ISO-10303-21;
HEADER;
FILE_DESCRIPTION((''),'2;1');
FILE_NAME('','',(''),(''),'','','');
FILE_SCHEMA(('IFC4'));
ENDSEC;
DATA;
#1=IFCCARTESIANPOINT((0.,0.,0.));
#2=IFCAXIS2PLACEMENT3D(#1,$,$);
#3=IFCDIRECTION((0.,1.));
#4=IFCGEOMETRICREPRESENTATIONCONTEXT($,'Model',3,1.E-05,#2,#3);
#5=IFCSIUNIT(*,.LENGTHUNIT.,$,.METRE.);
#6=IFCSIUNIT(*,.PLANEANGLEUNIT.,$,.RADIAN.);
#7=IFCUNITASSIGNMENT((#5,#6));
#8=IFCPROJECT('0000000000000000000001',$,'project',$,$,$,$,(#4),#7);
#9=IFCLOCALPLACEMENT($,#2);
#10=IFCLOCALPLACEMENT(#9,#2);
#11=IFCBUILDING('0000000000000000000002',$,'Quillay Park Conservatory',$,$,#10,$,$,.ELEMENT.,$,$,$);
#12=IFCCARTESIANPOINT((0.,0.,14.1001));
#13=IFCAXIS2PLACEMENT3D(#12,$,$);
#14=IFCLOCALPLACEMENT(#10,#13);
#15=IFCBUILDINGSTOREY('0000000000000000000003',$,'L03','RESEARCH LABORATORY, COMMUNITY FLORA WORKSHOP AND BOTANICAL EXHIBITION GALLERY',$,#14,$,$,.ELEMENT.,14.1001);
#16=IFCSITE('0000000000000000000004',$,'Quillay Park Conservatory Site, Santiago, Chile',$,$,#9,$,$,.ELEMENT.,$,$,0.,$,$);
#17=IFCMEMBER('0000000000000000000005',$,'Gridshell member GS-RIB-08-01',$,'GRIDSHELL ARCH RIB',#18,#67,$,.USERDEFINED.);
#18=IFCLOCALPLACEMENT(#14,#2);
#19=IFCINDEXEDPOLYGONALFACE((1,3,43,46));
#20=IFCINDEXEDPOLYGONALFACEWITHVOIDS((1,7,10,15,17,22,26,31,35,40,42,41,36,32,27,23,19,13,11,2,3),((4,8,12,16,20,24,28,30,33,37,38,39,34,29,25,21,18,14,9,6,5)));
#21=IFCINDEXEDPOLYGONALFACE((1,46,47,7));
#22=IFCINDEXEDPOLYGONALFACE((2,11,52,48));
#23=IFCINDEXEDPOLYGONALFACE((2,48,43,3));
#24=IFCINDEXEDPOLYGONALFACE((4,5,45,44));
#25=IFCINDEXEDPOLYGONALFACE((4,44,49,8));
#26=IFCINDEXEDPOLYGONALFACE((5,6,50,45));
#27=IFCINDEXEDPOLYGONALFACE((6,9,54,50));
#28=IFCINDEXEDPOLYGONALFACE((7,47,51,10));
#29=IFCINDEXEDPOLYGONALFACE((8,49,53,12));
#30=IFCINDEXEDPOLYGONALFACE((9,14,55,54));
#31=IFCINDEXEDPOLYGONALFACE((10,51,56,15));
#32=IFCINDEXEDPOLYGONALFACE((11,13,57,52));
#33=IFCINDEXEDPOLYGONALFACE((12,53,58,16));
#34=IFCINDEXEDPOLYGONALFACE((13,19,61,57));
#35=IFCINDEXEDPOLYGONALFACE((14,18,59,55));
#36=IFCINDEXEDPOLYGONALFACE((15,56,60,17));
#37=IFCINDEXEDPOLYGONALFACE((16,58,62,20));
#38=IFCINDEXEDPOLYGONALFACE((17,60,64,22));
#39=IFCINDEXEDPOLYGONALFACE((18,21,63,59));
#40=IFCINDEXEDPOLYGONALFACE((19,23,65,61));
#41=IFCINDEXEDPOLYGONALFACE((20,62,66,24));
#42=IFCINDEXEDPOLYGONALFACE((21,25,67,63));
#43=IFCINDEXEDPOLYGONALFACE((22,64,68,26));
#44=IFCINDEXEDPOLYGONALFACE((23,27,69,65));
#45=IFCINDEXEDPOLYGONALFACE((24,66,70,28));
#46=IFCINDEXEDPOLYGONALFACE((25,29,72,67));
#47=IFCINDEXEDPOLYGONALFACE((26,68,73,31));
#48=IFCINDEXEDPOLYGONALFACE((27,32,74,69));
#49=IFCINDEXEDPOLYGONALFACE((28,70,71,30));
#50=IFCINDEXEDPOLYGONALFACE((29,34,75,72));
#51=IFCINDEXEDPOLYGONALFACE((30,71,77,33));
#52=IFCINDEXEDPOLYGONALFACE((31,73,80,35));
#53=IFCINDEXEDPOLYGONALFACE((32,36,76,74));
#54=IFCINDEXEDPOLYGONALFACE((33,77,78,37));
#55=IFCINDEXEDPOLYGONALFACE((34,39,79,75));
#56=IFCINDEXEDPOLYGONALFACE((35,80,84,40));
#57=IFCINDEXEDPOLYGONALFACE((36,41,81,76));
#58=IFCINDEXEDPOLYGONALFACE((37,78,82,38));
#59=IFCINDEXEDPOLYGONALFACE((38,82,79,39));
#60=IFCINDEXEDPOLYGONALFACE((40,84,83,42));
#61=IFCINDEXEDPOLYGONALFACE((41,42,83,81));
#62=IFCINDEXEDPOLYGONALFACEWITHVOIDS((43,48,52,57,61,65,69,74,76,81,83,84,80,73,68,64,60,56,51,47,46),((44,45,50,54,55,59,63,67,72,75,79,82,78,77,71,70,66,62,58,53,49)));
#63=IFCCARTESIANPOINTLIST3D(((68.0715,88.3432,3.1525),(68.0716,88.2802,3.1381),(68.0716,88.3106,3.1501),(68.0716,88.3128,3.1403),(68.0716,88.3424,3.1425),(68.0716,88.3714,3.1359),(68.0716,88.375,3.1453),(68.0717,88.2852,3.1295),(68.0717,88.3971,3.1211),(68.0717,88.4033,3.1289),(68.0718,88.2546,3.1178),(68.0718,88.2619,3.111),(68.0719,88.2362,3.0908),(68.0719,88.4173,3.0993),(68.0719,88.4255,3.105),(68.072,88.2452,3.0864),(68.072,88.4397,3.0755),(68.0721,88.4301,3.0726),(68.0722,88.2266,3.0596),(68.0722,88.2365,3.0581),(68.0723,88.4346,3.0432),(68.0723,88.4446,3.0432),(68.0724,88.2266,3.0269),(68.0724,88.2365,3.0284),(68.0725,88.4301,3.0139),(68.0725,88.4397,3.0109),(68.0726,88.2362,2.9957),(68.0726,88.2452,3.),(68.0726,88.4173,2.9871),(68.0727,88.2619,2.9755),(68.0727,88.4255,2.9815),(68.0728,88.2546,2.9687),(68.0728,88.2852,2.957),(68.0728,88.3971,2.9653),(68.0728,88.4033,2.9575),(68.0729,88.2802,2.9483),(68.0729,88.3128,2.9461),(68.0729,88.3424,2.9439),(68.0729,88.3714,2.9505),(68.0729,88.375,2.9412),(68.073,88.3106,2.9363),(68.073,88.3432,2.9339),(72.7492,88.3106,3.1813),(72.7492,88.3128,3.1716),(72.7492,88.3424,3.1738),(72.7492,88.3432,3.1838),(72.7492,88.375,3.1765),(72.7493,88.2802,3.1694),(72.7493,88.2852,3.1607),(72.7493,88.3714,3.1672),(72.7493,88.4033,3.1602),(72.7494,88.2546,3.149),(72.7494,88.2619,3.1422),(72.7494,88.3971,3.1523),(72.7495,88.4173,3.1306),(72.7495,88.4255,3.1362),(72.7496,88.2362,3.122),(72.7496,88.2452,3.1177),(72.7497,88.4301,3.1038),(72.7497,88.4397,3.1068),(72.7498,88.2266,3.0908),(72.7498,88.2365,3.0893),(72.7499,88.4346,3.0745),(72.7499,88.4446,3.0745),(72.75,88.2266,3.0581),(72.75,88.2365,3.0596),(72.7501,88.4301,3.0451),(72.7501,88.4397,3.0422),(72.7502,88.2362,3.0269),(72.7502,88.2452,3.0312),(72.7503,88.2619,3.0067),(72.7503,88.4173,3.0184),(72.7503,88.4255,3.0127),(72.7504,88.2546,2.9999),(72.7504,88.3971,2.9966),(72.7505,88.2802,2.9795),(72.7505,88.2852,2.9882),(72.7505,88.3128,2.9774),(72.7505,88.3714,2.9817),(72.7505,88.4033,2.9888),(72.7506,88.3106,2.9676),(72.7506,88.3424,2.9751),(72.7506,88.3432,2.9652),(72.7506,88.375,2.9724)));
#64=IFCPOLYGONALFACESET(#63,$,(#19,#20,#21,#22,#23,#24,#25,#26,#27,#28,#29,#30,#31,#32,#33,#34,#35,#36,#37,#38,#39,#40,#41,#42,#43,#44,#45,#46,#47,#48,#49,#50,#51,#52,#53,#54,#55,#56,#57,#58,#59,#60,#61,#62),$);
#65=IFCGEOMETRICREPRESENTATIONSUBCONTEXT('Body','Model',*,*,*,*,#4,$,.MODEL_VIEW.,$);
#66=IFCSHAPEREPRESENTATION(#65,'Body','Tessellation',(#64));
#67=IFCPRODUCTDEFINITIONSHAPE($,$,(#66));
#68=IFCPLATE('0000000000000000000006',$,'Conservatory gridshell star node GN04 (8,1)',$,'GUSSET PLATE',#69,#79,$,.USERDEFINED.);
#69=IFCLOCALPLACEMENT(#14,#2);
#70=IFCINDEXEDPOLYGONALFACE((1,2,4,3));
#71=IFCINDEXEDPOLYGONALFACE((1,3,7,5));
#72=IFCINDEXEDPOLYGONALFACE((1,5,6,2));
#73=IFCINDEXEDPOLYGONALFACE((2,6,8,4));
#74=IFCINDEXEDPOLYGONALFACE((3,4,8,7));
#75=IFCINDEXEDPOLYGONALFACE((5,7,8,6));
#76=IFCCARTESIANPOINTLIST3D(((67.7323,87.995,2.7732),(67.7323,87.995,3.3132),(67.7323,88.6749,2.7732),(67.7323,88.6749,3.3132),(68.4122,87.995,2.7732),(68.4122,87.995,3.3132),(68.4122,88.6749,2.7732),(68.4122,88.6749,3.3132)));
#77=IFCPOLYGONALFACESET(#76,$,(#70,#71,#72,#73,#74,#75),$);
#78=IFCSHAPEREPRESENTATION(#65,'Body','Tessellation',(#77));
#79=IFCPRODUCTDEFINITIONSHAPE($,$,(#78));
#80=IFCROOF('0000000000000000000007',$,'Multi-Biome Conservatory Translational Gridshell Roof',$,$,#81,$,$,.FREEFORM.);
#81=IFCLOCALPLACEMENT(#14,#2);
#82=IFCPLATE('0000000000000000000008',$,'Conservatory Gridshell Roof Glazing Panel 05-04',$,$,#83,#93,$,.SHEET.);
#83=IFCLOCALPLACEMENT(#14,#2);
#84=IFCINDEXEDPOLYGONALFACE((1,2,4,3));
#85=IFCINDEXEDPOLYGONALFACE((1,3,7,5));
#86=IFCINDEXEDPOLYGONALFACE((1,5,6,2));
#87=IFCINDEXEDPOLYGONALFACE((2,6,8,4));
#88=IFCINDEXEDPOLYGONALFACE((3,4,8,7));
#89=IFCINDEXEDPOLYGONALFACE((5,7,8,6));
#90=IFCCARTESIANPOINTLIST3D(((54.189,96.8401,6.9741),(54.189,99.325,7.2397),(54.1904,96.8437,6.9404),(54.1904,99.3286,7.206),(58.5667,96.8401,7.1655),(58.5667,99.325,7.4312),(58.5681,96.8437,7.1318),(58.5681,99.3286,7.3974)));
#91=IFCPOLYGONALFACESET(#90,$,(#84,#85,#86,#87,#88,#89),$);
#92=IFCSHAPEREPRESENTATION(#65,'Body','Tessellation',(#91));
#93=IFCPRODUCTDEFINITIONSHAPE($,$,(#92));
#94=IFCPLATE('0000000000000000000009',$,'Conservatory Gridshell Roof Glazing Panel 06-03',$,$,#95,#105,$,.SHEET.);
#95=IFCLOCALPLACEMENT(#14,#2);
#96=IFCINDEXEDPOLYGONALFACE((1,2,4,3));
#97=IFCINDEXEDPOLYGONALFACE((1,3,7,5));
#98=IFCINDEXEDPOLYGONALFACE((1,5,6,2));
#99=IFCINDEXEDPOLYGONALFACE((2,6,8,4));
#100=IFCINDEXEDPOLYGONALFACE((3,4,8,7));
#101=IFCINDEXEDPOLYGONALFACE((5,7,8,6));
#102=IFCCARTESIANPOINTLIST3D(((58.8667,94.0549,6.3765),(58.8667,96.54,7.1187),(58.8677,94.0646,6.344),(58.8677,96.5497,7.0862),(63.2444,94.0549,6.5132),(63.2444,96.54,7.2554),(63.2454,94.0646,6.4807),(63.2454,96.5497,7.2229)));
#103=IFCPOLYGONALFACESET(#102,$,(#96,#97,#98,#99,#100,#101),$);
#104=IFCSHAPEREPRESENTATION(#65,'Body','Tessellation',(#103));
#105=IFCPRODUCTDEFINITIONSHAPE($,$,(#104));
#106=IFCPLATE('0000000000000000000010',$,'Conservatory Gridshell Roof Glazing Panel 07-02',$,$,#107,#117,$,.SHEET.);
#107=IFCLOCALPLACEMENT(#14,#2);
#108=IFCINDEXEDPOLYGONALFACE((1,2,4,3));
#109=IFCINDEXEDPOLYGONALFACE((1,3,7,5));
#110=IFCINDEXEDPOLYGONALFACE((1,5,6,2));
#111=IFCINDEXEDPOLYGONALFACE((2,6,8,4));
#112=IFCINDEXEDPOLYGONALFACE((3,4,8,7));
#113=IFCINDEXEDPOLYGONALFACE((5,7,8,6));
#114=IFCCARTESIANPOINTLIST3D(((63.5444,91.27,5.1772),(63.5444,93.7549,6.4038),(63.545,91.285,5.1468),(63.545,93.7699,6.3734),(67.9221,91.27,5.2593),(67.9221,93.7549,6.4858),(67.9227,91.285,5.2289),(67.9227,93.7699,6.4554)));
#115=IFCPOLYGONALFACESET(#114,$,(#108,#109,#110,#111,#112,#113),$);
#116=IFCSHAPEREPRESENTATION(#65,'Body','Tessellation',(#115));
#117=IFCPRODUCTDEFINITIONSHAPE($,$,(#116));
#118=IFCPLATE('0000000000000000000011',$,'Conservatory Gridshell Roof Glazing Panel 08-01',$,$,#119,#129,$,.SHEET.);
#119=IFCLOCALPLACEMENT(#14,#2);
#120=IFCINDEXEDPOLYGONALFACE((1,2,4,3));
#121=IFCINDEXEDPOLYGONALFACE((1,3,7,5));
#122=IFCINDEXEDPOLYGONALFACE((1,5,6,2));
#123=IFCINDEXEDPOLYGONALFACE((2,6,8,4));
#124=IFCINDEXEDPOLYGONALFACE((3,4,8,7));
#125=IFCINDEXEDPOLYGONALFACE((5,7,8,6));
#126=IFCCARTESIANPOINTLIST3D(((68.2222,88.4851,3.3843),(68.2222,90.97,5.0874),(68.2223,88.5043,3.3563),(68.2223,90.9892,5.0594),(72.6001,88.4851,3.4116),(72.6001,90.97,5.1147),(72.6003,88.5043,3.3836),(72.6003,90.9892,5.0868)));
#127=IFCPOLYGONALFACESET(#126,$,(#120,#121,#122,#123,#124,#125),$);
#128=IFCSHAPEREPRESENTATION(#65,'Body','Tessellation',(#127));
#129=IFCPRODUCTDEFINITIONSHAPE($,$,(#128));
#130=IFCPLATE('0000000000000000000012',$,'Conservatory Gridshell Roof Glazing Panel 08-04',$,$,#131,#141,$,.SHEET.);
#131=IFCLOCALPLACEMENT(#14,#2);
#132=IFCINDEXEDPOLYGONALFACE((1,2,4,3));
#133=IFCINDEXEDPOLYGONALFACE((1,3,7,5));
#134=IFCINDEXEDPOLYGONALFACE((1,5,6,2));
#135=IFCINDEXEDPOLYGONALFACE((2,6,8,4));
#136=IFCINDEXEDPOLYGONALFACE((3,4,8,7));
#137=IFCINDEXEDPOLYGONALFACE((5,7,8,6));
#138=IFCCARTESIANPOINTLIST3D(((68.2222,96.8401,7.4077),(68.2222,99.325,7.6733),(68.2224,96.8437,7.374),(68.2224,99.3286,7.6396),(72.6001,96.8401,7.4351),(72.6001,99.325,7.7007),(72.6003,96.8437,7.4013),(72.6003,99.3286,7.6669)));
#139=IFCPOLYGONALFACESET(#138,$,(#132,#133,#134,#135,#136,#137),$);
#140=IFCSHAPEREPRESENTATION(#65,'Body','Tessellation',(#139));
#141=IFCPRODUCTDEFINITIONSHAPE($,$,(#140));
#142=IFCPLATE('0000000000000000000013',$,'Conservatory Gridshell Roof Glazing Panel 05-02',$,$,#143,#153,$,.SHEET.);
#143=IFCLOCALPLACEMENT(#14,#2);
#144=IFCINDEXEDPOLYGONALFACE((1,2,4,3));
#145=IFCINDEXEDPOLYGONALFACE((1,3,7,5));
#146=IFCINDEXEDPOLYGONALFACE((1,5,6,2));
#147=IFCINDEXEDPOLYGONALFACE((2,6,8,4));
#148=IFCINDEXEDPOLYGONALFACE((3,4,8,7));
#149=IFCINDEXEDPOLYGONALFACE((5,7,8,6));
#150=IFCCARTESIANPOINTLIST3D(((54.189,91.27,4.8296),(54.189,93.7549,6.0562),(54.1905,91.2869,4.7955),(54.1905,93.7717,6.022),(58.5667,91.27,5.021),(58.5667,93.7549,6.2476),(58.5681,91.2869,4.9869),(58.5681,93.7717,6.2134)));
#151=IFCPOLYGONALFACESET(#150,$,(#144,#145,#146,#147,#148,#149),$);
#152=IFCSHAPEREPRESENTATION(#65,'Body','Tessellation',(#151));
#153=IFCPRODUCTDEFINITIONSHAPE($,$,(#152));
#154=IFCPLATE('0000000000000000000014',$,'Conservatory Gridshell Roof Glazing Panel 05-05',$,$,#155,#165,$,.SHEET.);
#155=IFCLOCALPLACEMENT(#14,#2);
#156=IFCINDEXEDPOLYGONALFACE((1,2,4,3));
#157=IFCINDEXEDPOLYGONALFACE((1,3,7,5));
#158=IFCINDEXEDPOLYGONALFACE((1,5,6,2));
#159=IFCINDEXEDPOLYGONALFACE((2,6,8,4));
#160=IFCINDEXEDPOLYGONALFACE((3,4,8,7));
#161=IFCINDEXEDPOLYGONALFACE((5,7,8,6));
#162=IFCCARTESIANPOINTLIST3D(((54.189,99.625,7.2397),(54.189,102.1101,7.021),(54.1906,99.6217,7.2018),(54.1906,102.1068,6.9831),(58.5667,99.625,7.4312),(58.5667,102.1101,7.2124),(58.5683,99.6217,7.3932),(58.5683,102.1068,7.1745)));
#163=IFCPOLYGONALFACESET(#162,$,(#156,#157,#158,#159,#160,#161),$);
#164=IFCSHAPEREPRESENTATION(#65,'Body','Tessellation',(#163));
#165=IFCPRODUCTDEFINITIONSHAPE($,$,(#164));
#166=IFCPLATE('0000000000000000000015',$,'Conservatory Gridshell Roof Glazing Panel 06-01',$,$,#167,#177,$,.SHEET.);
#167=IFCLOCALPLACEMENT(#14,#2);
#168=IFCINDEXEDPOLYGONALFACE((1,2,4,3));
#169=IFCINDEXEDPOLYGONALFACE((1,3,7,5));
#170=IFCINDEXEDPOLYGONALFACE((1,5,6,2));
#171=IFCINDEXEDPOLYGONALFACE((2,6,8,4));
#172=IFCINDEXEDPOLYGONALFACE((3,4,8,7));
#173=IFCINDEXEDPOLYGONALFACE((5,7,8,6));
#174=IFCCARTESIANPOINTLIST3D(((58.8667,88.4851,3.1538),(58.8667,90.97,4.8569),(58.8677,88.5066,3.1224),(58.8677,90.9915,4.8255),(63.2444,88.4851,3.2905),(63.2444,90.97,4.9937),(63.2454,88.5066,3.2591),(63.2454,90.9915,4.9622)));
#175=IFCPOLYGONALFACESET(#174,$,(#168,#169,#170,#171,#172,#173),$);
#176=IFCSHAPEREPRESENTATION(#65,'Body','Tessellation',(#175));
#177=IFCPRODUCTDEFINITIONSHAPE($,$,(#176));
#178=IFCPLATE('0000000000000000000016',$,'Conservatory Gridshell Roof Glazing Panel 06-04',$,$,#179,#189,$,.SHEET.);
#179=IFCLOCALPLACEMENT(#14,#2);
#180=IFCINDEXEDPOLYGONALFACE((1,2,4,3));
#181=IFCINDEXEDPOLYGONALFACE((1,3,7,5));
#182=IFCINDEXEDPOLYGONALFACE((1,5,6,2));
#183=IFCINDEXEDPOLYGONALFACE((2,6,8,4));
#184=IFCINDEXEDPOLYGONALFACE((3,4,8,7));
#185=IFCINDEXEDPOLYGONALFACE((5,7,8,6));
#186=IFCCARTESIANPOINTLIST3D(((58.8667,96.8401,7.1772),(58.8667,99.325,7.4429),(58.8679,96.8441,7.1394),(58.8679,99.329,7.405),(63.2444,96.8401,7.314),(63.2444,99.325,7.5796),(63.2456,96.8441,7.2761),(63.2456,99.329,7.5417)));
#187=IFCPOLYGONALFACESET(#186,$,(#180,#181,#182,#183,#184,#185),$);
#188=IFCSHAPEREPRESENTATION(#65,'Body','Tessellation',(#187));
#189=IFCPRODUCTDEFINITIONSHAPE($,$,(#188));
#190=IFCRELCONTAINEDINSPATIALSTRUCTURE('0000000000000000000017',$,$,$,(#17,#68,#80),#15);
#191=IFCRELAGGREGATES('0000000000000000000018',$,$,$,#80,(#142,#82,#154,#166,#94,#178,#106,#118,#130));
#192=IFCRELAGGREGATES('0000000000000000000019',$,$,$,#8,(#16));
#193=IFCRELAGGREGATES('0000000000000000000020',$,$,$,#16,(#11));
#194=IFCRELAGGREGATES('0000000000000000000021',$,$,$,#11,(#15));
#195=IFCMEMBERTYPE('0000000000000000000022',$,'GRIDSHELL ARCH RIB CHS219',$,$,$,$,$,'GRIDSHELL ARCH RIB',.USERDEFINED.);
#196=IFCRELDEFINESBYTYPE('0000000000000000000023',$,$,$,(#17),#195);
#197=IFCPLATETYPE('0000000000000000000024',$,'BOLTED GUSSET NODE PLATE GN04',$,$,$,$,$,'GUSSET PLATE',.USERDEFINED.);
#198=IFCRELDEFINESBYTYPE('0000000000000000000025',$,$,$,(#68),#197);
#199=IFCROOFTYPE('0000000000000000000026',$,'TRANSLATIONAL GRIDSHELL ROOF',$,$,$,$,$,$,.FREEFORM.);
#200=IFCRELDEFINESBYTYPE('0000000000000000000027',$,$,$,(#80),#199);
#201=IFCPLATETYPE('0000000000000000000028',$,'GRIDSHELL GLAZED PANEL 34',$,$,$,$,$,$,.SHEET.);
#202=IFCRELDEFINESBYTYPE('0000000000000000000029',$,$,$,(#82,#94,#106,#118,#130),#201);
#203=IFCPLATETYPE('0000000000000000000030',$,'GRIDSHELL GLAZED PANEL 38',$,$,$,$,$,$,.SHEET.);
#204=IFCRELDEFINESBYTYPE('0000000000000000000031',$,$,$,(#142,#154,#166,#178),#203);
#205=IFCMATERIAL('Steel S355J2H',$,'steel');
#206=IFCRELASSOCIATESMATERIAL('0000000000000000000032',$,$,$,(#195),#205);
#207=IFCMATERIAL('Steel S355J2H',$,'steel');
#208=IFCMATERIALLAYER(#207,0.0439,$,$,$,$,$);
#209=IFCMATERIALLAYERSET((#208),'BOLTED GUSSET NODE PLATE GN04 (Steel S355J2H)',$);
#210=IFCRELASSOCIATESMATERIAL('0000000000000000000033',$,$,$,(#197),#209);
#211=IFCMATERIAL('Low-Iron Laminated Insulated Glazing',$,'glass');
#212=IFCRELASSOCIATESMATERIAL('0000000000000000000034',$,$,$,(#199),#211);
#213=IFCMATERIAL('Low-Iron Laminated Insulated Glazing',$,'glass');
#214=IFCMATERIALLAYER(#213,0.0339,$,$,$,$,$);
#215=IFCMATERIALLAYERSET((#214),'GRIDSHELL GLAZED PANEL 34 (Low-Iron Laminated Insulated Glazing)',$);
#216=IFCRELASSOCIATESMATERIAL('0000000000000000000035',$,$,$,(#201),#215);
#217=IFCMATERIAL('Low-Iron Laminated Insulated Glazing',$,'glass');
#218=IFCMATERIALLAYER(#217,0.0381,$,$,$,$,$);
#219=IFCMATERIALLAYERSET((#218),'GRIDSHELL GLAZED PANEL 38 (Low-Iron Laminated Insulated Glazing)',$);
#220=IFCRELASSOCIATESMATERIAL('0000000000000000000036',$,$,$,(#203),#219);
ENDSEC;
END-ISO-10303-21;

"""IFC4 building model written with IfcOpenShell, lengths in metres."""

from ifc_helpers import new_model, si_unit, direction, frame, origin, origin_2d, place, context, subcontext, project, spatial, polyline, rectangle, hollow_circle, outline, extrude, material, layer, layer_set, material_profile, profile_set, type_object, element, aggregate, save


model = new_model("IFC4")

# Units and contexts
model_context = context("Model", 3, precision=1e-05, world=origin(), true_north=direction((0.0, 1.0)))
body_context = subcontext(model_context, "Body", "Model", "MODEL_VIEW")
ifc_project = project(units=[si_unit("LENGTHUNIT", "METRE"), si_unit("PLANEANGLEUNIT", "RADIAN")], contexts=[model_context])

# Site, building, storey
site_placement = place(None, origin())
site = spatial("IfcSite", under=ifc_project, at=site_placement, Name="Quillay Park Conservatory Site, Santiago, Chile", CompositionType="ELEMENT", RefElevation=0.0)
building_placement = place(site_placement, origin())
building = spatial("IfcBuilding", under=site, at=building_placement, Name="Quillay Park Conservatory", CompositionType="ELEMENT")
storey_placement = place(building_placement, frame((0.0, 0.0, 14.1001)))
storey = spatial("IfcBuildingStorey", under=building, at=storey_placement, Name="L03", Description="RESEARCH LABORATORY, COMMUNITY FLORA WORKSHOP AND BOTANICAL EXHIBITION GALLERY", CompositionType="ELEMENT", Elevation=14.1001)

# Member
ifc_material_1 = material(Name="Steel S355J2H", Category="steel")
ifc_material_profile_1 = material_profile(ifc_material_1, hollow_circle(Radius=0.1096, WallThickness=0.01, at=origin_2d()), Name="CHS219.1x10")
ifc_profile_set_1 = profile_set([ifc_material_profile_1], Name="Steel S355J2H")
member_type = type_object("IfcMemberType", Name="GRIDSHELL ARCH RIB CHS219", ElementType="GRIDSHELL ARCH RIB", PredefinedType="USERDEFINED", material=ifc_profile_set_1)
member_1_placement = place(storey_placement, frame((68.0723, 88.335, 3.0432), z_axis=(0.999978, 0.0, 0.00668), x_axis=(0.0, 1.0, 0.0)))
element("IfcMember", 1, at=member_1_placement, inside=storey, type_object=member_type, Name="Gridshell member GS-RIB-08-01", ObjectType="GRIDSHELL ARCH RIB", PredefinedType="USERDEFINED", context=body_context, shape_type="SweptSolid", body=[
    extrude(hollow_circle(Radius=0.1096, WallThickness=0.01, at=origin_2d()), origin(), (0.0, 0.0, 1.0), 4.6777),
])

# Plate
ifc_material_2 = material(Name="Steel S355J2H", Category="steel")
ifc_layer_1 = layer(ifc_material_2, 0.0439)
ifc_layer_set_1 = layer_set([ifc_layer_1], Name="BOLTED GUSSET NODE PLATE GN04 (Steel S355J2H)")
plate_type_1 = type_object("IfcPlateType", Name="BOLTED GUSSET NODE PLATE GN04", ElementType="GUSSET PLATE", PredefinedType="USERDEFINED", material=ifc_layer_set_1)
plate_1_placement = place(storey_placement, frame((68.0723, 88.335, 2.7732), z_axis=(0.0, 0.0, 1.0), x_axis=(1.0, 0.0, 0.0)))
element("IfcPlate", 2, at=plate_1_placement, inside=storey, type_object=plate_type_1, Name="Conservatory gridshell star node GN04 (8,1)", ObjectType="GUSSET PLATE", PredefinedType="USERDEFINED", context=body_context, shape_type="SweptSolid", body=[
    extrude(rectangle(XDim=0.6799, YDim=0.6799, at=origin_2d()), origin(), (0.0, 0.0, 1.0), 0.54),
])

# Roof, plates
ifc_material_3 = material(Name="Low-Iron Laminated Insulated Glazing", Category="glass")
roof_type = type_object("IfcRoofType", Name="TRANSLATIONAL GRIDSHELL ROOF", PredefinedType="FREEFORM", material=ifc_material_3)
roof_placement = place(storey_placement, origin())
roof = element("IfcRoof", 3, at=roof_placement, inside=storey, type_object=roof_type, Name="Multi-Biome Conservatory Translational Gridshell Roof", PredefinedType="FREEFORM")
ifc_material_4 = material(Name="Low-Iron Laminated Insulated Glazing", Category="glass")
ifc_layer_2 = layer(ifc_material_4, 0.0339)
ifc_layer_set_2 = layer_set([ifc_layer_2], Name="GRIDSHELL GLAZED PANEL 34 (Low-Iron Laminated Insulated Glazing)")
plate_type_2 = type_object("IfcPlateType", Name="GRIDSHELL GLAZED PANEL 34", PredefinedType="SHEET", material=ifc_layer_set_2)
plate_2_placement = place(storey_placement, frame((54.189, 96.8401, 6.9741), z_axis=(-0.043434, -0.106191, 0.993397), x_axis=(0.999046, 0.0, 0.043681)))
plate_2 = element("IfcPlate", 4, at=plate_2_placement, type_object=plate_type_2, Name="Conservatory Gridshell Roof Glazing Panel 05-04", PredefinedType="SHEET", context=body_context, shape_type="SweptSolid", body=[
    extrude(outline(polyline([(0.0, 0.0), (4.3819, 0.0), (4.3935, 2.499), (0.0116, 2.499), (0.0, 0.0)])), origin(), (0.0, 0.0, -1.0), 0.0339),
])
plate_3_placement = place(storey_placement, frame((58.8667, 94.0549, 6.3765), z_axis=(-0.029911, -0.286036, 0.957752), x_axis=(0.999513, 0.0, 0.031216)))
plate_3 = element("IfcPlate", 5, at=plate_3_placement, type_object=plate_type_2, Name="Conservatory Gridshell Roof Glazing Panel 06-03", PredefinedType="SHEET", context=body_context, shape_type="SweptSolid", body=[
    extrude(outline(polyline([(0.0, 0.0), (4.3798, 0.0), (4.403, 2.5935), (0.0232, 2.5935), (0.0, 0.0)])), origin(), (0.0, 0.0, -1.0), 0.0339),
])
plate_4_placement = place(storey_placement, frame((63.5444, 91.27, 5.1772), z_axis=(-0.016801, -0.442564, 0.89658), x_axis=(0.999824, 0.0, 0.018735)))
plate_4 = element("IfcPlate", 6, at=plate_4_placement, type_object=plate_type_2, Name="Conservatory Gridshell Roof Glazing Panel 07-02", PredefinedType="SHEET", context=body_context, shape_type="SweptSolid", body=[
    extrude(outline(polyline([(0.0, 0.0), (4.3785, 0.0), (4.4014, 2.771), (0.023, 2.771), (0.0, 0.0)])), origin(), (0.0, 0.0, -1.0), 0.0339),
])
plate_5_placement = place(storey_placement, frame((68.2222, 88.4851, 3.3843), z_axis=(-0.005152, -0.565344, 0.824839), x_axis=(0.99998, 0.0, 0.006246)))
plate_5 = element("IfcPlate", 7, at=plate_5_placement, type_object=plate_type_2, Name="Conservatory Gridshell Roof Glazing Panel 08-01", PredefinedType="SHEET", context=body_context, shape_type="SweptSolid", body=[
    extrude(outline(polyline([(0.0, 0.0), (4.378, 0.0), (4.3887, 3.0125), (0.0106, 3.0125), (0.0, 0.0)])), origin(), (0.0, 0.0, -1.0), 0.0339),
])
plate_6_placement = place(storey_placement, frame((68.2222, 96.8401, 7.4077), z_axis=(-0.00621, -0.10629, 0.994316), x_axis=(0.99998, 0.0, 0.006246)))
plate_6 = element("IfcPlate", 8, at=plate_6_placement, type_object=plate_type_2, Name="Conservatory Gridshell Roof Glazing Panel 08-04", PredefinedType="SHEET", context=body_context, shape_type="SweptSolid", body=[
    extrude(outline(polyline([(0.0, 0.0), (4.378, 0.0), (4.3797, 2.499), (0.0017, 2.499), (0.0, 0.0)])), origin(), (0.0, 0.0, -1.0), 0.0339),
])
ifc_material_5 = material(Name="Low-Iron Laminated Insulated Glazing", Category="glass")
ifc_layer_3 = layer(ifc_material_5, 0.0381)
ifc_layer_set_3 = layer_set([ifc_layer_3], Name="GRIDSHELL GLAZED PANEL 38 (Low-Iron Laminated Insulated Glazing)")
plate_type_3 = type_object("IfcPlateType", Name="GRIDSHELL GLAZED PANEL 38", PredefinedType="SHEET", material=ifc_layer_set_3)
plate_7_placement = place(storey_placement, frame((54.189, 91.27, 4.8296), z_axis=(-0.039177, -0.442287, 0.896018), x_axis=(0.999046, 0.0, 0.043681)))
plate_7 = element("IfcPlate", 9, at=plate_7_placement, type_object=plate_type_3, Name="Conservatory Gridshell Roof Glazing Panel 05-02", PredefinedType="SHEET", context=body_context, shape_type="SweptSolid", body=[
    extrude(outline(polyline([(0.0, 0.0), (4.3819, 0.0), (4.4354, 2.7706), (0.0536, 2.7706), (0.0, 0.0)])), origin(), (0.0, 0.0, -1.0), 0.0381),
])
plate_8_placement = place(storey_placement, frame((54.189, 99.625, 7.2397), z_axis=(-0.043513, 0.087602, 0.995205), x_axis=(0.999046, 0.0, 0.043681)))
plate_8 = element("IfcPlate", 10, at=plate_8_placement, type_object=plate_type_3, Name="Conservatory Gridshell Roof Glazing Panel 05-05", PredefinedType="SHEET", context=body_context, shape_type="SweptSolid", body=[
    extrude(outline(polyline([(0.0, 0.0), (4.3819, 0.0), (4.3723, 2.4947), (-0.0096, 2.4947), (0.0, 0.0)])), origin(), (0.0, 0.0, -1.0), 0.0381),
])
plate_9_placement = place(storey_placement, frame((58.8667, 88.4851, 3.1538), z_axis=(-0.025752, -0.565164, 0.824576), x_axis=(0.999513, 0.0, 0.031216)))
plate_9 = element("IfcPlate", 11, at=plate_9_placement, type_object=plate_type_3, Name="Conservatory Gridshell Roof Glazing Panel 06-01", PredefinedType="SHEET", context=body_context, shape_type="SweptSolid", body=[
    extrude(outline(polyline([(0.0, 0.0), (4.3798, 0.0), (4.433, 3.012), (0.0532, 3.012), (0.0, 0.0)])), origin(), (0.0, 0.0, -1.0), 0.0381),
])
plate_10_placement = place(storey_placement, frame((58.8667, 96.8401, 7.1772), z_axis=(-0.031039, -0.10624, 0.993856), x_axis=(0.999513, 0.0, 0.031216)))
plate_10 = element("IfcPlate", 12, at=plate_10_placement, type_object=plate_type_3, Name="Conservatory Gridshell Roof Glazing Panel 06-04", PredefinedType="SHEET", context=body_context, shape_type="SweptSolid", body=[
    extrude(outline(polyline([(0.0, 0.0), (4.3798, 0.0), (4.3881, 2.499), (0.0083, 2.499), (0.0, 0.0)])), origin(), (0.0, 0.0, -1.0), 0.0381),
])
aggregate(roof, [plate_7, plate_2, plate_8, plate_9, plate_3, plate_10, plate_4, plate_5, plate_6])

save(model, "model.ifc")
